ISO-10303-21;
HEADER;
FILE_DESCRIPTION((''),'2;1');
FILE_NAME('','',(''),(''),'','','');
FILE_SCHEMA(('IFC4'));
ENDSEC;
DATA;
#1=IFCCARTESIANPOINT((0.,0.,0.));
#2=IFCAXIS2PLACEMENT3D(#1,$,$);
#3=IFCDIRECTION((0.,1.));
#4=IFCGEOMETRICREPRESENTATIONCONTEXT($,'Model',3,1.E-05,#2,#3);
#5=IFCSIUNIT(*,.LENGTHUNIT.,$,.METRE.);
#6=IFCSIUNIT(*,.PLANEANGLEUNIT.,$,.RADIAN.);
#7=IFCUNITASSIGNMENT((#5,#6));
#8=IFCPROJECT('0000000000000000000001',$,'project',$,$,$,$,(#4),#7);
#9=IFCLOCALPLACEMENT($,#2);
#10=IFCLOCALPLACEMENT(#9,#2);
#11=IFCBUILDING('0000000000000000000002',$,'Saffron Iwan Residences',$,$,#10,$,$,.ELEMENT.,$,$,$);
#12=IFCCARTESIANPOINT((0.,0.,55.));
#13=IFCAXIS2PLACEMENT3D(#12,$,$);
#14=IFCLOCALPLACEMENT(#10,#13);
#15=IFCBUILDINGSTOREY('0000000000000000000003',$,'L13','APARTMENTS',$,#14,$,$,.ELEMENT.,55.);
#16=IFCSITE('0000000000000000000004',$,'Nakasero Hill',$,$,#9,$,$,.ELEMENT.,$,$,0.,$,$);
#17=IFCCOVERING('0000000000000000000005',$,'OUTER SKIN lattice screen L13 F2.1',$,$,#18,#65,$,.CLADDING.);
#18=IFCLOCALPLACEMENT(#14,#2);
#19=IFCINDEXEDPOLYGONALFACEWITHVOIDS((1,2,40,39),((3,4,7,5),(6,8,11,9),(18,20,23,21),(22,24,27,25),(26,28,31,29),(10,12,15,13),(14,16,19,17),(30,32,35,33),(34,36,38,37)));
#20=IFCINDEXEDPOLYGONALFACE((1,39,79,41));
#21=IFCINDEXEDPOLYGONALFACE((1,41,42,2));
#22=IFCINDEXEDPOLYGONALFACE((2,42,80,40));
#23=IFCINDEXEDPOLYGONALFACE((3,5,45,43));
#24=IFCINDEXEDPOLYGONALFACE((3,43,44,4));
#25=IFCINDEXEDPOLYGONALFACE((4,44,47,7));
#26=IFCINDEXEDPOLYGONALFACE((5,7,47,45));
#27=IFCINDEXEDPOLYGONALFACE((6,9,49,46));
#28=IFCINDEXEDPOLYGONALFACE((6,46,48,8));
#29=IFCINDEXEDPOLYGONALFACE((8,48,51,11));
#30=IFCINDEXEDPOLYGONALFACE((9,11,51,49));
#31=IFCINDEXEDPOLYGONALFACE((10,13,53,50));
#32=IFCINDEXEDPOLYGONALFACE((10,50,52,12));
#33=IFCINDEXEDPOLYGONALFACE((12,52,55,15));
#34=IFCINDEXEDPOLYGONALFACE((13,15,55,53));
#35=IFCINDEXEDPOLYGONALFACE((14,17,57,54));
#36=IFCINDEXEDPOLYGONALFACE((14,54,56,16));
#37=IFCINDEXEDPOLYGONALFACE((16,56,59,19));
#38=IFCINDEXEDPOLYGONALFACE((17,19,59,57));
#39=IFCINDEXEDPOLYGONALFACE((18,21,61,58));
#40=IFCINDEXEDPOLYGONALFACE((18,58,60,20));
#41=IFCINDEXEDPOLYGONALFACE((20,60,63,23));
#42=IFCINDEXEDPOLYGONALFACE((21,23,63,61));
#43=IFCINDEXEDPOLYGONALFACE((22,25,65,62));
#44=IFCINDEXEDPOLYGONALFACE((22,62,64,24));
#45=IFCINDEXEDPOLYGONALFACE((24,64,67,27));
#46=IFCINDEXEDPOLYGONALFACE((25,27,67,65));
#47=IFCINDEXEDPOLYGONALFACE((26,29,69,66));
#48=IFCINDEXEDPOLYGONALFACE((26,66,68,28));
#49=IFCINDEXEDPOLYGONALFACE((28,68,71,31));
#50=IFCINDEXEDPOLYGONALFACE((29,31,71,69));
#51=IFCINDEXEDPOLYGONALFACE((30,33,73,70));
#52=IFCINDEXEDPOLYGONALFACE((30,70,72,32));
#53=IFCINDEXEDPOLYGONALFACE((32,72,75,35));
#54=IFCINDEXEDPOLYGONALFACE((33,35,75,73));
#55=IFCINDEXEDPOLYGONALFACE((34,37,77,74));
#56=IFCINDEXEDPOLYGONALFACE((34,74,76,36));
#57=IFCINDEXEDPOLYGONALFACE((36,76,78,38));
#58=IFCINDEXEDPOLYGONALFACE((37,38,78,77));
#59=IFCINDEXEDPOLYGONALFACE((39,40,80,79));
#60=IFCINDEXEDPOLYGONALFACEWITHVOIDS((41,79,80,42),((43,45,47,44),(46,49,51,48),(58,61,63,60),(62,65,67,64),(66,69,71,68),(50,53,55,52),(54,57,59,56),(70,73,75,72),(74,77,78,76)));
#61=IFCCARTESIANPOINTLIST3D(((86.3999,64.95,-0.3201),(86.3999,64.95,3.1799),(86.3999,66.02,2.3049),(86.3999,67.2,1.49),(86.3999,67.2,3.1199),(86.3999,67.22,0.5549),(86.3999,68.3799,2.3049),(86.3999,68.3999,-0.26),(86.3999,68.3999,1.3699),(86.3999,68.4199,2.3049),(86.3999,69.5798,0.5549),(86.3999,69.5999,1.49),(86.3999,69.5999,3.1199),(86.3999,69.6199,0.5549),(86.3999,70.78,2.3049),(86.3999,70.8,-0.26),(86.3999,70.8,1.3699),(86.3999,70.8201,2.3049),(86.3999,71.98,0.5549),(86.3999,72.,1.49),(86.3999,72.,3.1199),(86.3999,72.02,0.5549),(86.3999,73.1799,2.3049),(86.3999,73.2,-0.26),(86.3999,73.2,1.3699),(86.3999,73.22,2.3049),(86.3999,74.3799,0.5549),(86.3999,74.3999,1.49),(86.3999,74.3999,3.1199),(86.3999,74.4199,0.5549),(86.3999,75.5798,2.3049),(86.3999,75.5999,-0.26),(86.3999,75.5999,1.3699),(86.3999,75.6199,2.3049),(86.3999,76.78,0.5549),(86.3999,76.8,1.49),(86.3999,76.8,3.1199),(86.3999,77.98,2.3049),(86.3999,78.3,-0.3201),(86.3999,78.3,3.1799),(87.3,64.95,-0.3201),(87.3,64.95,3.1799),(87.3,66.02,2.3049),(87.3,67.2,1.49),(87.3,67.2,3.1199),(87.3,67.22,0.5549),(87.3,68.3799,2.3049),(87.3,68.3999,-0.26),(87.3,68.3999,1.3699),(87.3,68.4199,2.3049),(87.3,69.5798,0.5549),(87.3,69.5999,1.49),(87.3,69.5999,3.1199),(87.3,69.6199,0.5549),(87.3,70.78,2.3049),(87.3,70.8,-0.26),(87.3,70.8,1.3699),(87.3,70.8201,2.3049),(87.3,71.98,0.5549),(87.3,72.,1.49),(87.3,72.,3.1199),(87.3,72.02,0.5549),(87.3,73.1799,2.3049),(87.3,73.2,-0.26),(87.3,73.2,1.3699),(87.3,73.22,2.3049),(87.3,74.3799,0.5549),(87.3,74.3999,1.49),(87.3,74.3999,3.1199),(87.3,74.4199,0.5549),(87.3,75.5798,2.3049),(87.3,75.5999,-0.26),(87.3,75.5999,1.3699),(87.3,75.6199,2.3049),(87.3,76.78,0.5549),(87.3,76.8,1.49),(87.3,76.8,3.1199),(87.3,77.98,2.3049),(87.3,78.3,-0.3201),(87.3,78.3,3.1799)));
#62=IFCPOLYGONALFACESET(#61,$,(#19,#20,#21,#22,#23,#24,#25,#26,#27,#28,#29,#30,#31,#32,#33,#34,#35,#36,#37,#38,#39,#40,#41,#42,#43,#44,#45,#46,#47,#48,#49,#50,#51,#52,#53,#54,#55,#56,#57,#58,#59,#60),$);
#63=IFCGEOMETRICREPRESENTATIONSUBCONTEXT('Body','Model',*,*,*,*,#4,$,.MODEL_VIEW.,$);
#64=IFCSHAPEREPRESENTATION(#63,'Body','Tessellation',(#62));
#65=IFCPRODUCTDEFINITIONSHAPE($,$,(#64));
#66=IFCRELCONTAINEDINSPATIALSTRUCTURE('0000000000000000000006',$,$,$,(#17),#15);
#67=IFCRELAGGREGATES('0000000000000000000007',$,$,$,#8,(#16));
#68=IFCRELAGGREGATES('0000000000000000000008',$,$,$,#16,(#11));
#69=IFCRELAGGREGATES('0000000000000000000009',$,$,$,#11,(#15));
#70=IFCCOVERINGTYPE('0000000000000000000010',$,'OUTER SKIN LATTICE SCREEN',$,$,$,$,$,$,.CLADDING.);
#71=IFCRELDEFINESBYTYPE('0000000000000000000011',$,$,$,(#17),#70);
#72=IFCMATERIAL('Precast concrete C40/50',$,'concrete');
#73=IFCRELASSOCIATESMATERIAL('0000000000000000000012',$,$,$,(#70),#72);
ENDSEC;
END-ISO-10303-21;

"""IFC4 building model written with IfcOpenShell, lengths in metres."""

from ifc_helpers import new_model, si_unit, direction, frame, origin, place, context, subcontext, project, spatial, polyline, outline, extrude, material, type_object, element, save


model = new_model("IFC4")

# Units and contexts
model_context = context("Model", 3, precision=1e-05, world=origin(), true_north=direction((0.0, 1.0)))
body_context = subcontext(model_context, "Body", "Model", "MODEL_VIEW")
ifc_project = project(units=[si_unit("LENGTHUNIT", "METRE"), si_unit("PLANEANGLEUNIT", "RADIAN")], contexts=[model_context])

# Site, building, storey
site_placement = place(None, origin())
site = spatial("IfcSite", under=ifc_project, at=site_placement, Name="Nakasero Hill", CompositionType="ELEMENT", RefElevation=0.0)
building_placement = place(site_placement, origin())
building = spatial("IfcBuilding", under=site, at=building_placement, Name="Saffron Iwan Residences", CompositionType="ELEMENT")
storey_placement = place(building_placement, frame((0.0, 0.0, 55.0)))
storey = spatial("IfcBuildingStorey", under=building, at=storey_placement, Name="L13", Description="APARTMENTS", CompositionType="ELEMENT", Elevation=55.0)

# Covering
ifc_material_1 = material(Name="Precast concrete C40/50", Category="concrete")
covering_type = type_object("IfcCoveringType", Name="OUTER SKIN LATTICE SCREEN", PredefinedType="CLADDING", material=ifc_material_1)
covering_placement = place(storey_placement, frame((86.3999, 64.95, -0.3201), z_axis=(1.0, 0.0, 0.0), x_axis=(0.0, 1.0, 0.0)))
element("IfcCovering", 1, at=covering_placement, inside=storey, type_object=covering_type, Name="OUTER SKIN lattice screen L13 F2.1", PredefinedType="CLADDING", context=body_context, shape_type="SweptSolid", body=[
    extrude(outline(polyline([(0.0, 0.0), (13.3501, 0.0), (13.3501, 3.5), (0.0, 3.5), (0.0, 0.0)]), holes=[polyline([(2.27, 0.875), (3.45, 0.0601), (4.6299, 0.875), (3.45, 1.6899), (2.27, 0.875)]), polyline([(4.6699, 0.875), (5.8501, 0.0601), (7.03, 0.875), (5.8501, 1.6899), (4.6699, 0.875)]), polyline([(7.0701, 0.875), (8.25, 0.0601), (9.4299, 0.875), (8.25, 1.6899), (7.0701, 0.875)]), polyline([(9.47, 0.875), (10.6499, 0.0601), (11.8301, 0.875), (10.6499, 1.6899), (9.47, 0.875)]), polyline([(1.0701, 2.625), (2.25, 1.8101), (3.4299, 2.625), (2.25, 3.4399), (1.0701, 2.625)]), polyline([(3.47, 2.625), (4.6499, 1.8101), (5.8301, 2.625), (4.6499, 3.4399), (3.47, 2.625)]), polyline([(5.8701, 2.625), (7.05, 1.8101), (8.23, 2.625), (7.05, 3.4399), (5.8701, 2.625)]), polyline([(8.27, 2.625), (9.45, 1.8101), (10.6299, 2.625), (9.45, 3.4399), (8.27, 2.625)]), polyline([(10.6699, 2.625), (11.8501, 1.8101), (13.03, 2.625), (11.8501, 3.4399), (10.6699, 2.625)])]), origin(), (0.0, 0.0, 1.0), 0.9001),
])

save(model, "model.ifc")
